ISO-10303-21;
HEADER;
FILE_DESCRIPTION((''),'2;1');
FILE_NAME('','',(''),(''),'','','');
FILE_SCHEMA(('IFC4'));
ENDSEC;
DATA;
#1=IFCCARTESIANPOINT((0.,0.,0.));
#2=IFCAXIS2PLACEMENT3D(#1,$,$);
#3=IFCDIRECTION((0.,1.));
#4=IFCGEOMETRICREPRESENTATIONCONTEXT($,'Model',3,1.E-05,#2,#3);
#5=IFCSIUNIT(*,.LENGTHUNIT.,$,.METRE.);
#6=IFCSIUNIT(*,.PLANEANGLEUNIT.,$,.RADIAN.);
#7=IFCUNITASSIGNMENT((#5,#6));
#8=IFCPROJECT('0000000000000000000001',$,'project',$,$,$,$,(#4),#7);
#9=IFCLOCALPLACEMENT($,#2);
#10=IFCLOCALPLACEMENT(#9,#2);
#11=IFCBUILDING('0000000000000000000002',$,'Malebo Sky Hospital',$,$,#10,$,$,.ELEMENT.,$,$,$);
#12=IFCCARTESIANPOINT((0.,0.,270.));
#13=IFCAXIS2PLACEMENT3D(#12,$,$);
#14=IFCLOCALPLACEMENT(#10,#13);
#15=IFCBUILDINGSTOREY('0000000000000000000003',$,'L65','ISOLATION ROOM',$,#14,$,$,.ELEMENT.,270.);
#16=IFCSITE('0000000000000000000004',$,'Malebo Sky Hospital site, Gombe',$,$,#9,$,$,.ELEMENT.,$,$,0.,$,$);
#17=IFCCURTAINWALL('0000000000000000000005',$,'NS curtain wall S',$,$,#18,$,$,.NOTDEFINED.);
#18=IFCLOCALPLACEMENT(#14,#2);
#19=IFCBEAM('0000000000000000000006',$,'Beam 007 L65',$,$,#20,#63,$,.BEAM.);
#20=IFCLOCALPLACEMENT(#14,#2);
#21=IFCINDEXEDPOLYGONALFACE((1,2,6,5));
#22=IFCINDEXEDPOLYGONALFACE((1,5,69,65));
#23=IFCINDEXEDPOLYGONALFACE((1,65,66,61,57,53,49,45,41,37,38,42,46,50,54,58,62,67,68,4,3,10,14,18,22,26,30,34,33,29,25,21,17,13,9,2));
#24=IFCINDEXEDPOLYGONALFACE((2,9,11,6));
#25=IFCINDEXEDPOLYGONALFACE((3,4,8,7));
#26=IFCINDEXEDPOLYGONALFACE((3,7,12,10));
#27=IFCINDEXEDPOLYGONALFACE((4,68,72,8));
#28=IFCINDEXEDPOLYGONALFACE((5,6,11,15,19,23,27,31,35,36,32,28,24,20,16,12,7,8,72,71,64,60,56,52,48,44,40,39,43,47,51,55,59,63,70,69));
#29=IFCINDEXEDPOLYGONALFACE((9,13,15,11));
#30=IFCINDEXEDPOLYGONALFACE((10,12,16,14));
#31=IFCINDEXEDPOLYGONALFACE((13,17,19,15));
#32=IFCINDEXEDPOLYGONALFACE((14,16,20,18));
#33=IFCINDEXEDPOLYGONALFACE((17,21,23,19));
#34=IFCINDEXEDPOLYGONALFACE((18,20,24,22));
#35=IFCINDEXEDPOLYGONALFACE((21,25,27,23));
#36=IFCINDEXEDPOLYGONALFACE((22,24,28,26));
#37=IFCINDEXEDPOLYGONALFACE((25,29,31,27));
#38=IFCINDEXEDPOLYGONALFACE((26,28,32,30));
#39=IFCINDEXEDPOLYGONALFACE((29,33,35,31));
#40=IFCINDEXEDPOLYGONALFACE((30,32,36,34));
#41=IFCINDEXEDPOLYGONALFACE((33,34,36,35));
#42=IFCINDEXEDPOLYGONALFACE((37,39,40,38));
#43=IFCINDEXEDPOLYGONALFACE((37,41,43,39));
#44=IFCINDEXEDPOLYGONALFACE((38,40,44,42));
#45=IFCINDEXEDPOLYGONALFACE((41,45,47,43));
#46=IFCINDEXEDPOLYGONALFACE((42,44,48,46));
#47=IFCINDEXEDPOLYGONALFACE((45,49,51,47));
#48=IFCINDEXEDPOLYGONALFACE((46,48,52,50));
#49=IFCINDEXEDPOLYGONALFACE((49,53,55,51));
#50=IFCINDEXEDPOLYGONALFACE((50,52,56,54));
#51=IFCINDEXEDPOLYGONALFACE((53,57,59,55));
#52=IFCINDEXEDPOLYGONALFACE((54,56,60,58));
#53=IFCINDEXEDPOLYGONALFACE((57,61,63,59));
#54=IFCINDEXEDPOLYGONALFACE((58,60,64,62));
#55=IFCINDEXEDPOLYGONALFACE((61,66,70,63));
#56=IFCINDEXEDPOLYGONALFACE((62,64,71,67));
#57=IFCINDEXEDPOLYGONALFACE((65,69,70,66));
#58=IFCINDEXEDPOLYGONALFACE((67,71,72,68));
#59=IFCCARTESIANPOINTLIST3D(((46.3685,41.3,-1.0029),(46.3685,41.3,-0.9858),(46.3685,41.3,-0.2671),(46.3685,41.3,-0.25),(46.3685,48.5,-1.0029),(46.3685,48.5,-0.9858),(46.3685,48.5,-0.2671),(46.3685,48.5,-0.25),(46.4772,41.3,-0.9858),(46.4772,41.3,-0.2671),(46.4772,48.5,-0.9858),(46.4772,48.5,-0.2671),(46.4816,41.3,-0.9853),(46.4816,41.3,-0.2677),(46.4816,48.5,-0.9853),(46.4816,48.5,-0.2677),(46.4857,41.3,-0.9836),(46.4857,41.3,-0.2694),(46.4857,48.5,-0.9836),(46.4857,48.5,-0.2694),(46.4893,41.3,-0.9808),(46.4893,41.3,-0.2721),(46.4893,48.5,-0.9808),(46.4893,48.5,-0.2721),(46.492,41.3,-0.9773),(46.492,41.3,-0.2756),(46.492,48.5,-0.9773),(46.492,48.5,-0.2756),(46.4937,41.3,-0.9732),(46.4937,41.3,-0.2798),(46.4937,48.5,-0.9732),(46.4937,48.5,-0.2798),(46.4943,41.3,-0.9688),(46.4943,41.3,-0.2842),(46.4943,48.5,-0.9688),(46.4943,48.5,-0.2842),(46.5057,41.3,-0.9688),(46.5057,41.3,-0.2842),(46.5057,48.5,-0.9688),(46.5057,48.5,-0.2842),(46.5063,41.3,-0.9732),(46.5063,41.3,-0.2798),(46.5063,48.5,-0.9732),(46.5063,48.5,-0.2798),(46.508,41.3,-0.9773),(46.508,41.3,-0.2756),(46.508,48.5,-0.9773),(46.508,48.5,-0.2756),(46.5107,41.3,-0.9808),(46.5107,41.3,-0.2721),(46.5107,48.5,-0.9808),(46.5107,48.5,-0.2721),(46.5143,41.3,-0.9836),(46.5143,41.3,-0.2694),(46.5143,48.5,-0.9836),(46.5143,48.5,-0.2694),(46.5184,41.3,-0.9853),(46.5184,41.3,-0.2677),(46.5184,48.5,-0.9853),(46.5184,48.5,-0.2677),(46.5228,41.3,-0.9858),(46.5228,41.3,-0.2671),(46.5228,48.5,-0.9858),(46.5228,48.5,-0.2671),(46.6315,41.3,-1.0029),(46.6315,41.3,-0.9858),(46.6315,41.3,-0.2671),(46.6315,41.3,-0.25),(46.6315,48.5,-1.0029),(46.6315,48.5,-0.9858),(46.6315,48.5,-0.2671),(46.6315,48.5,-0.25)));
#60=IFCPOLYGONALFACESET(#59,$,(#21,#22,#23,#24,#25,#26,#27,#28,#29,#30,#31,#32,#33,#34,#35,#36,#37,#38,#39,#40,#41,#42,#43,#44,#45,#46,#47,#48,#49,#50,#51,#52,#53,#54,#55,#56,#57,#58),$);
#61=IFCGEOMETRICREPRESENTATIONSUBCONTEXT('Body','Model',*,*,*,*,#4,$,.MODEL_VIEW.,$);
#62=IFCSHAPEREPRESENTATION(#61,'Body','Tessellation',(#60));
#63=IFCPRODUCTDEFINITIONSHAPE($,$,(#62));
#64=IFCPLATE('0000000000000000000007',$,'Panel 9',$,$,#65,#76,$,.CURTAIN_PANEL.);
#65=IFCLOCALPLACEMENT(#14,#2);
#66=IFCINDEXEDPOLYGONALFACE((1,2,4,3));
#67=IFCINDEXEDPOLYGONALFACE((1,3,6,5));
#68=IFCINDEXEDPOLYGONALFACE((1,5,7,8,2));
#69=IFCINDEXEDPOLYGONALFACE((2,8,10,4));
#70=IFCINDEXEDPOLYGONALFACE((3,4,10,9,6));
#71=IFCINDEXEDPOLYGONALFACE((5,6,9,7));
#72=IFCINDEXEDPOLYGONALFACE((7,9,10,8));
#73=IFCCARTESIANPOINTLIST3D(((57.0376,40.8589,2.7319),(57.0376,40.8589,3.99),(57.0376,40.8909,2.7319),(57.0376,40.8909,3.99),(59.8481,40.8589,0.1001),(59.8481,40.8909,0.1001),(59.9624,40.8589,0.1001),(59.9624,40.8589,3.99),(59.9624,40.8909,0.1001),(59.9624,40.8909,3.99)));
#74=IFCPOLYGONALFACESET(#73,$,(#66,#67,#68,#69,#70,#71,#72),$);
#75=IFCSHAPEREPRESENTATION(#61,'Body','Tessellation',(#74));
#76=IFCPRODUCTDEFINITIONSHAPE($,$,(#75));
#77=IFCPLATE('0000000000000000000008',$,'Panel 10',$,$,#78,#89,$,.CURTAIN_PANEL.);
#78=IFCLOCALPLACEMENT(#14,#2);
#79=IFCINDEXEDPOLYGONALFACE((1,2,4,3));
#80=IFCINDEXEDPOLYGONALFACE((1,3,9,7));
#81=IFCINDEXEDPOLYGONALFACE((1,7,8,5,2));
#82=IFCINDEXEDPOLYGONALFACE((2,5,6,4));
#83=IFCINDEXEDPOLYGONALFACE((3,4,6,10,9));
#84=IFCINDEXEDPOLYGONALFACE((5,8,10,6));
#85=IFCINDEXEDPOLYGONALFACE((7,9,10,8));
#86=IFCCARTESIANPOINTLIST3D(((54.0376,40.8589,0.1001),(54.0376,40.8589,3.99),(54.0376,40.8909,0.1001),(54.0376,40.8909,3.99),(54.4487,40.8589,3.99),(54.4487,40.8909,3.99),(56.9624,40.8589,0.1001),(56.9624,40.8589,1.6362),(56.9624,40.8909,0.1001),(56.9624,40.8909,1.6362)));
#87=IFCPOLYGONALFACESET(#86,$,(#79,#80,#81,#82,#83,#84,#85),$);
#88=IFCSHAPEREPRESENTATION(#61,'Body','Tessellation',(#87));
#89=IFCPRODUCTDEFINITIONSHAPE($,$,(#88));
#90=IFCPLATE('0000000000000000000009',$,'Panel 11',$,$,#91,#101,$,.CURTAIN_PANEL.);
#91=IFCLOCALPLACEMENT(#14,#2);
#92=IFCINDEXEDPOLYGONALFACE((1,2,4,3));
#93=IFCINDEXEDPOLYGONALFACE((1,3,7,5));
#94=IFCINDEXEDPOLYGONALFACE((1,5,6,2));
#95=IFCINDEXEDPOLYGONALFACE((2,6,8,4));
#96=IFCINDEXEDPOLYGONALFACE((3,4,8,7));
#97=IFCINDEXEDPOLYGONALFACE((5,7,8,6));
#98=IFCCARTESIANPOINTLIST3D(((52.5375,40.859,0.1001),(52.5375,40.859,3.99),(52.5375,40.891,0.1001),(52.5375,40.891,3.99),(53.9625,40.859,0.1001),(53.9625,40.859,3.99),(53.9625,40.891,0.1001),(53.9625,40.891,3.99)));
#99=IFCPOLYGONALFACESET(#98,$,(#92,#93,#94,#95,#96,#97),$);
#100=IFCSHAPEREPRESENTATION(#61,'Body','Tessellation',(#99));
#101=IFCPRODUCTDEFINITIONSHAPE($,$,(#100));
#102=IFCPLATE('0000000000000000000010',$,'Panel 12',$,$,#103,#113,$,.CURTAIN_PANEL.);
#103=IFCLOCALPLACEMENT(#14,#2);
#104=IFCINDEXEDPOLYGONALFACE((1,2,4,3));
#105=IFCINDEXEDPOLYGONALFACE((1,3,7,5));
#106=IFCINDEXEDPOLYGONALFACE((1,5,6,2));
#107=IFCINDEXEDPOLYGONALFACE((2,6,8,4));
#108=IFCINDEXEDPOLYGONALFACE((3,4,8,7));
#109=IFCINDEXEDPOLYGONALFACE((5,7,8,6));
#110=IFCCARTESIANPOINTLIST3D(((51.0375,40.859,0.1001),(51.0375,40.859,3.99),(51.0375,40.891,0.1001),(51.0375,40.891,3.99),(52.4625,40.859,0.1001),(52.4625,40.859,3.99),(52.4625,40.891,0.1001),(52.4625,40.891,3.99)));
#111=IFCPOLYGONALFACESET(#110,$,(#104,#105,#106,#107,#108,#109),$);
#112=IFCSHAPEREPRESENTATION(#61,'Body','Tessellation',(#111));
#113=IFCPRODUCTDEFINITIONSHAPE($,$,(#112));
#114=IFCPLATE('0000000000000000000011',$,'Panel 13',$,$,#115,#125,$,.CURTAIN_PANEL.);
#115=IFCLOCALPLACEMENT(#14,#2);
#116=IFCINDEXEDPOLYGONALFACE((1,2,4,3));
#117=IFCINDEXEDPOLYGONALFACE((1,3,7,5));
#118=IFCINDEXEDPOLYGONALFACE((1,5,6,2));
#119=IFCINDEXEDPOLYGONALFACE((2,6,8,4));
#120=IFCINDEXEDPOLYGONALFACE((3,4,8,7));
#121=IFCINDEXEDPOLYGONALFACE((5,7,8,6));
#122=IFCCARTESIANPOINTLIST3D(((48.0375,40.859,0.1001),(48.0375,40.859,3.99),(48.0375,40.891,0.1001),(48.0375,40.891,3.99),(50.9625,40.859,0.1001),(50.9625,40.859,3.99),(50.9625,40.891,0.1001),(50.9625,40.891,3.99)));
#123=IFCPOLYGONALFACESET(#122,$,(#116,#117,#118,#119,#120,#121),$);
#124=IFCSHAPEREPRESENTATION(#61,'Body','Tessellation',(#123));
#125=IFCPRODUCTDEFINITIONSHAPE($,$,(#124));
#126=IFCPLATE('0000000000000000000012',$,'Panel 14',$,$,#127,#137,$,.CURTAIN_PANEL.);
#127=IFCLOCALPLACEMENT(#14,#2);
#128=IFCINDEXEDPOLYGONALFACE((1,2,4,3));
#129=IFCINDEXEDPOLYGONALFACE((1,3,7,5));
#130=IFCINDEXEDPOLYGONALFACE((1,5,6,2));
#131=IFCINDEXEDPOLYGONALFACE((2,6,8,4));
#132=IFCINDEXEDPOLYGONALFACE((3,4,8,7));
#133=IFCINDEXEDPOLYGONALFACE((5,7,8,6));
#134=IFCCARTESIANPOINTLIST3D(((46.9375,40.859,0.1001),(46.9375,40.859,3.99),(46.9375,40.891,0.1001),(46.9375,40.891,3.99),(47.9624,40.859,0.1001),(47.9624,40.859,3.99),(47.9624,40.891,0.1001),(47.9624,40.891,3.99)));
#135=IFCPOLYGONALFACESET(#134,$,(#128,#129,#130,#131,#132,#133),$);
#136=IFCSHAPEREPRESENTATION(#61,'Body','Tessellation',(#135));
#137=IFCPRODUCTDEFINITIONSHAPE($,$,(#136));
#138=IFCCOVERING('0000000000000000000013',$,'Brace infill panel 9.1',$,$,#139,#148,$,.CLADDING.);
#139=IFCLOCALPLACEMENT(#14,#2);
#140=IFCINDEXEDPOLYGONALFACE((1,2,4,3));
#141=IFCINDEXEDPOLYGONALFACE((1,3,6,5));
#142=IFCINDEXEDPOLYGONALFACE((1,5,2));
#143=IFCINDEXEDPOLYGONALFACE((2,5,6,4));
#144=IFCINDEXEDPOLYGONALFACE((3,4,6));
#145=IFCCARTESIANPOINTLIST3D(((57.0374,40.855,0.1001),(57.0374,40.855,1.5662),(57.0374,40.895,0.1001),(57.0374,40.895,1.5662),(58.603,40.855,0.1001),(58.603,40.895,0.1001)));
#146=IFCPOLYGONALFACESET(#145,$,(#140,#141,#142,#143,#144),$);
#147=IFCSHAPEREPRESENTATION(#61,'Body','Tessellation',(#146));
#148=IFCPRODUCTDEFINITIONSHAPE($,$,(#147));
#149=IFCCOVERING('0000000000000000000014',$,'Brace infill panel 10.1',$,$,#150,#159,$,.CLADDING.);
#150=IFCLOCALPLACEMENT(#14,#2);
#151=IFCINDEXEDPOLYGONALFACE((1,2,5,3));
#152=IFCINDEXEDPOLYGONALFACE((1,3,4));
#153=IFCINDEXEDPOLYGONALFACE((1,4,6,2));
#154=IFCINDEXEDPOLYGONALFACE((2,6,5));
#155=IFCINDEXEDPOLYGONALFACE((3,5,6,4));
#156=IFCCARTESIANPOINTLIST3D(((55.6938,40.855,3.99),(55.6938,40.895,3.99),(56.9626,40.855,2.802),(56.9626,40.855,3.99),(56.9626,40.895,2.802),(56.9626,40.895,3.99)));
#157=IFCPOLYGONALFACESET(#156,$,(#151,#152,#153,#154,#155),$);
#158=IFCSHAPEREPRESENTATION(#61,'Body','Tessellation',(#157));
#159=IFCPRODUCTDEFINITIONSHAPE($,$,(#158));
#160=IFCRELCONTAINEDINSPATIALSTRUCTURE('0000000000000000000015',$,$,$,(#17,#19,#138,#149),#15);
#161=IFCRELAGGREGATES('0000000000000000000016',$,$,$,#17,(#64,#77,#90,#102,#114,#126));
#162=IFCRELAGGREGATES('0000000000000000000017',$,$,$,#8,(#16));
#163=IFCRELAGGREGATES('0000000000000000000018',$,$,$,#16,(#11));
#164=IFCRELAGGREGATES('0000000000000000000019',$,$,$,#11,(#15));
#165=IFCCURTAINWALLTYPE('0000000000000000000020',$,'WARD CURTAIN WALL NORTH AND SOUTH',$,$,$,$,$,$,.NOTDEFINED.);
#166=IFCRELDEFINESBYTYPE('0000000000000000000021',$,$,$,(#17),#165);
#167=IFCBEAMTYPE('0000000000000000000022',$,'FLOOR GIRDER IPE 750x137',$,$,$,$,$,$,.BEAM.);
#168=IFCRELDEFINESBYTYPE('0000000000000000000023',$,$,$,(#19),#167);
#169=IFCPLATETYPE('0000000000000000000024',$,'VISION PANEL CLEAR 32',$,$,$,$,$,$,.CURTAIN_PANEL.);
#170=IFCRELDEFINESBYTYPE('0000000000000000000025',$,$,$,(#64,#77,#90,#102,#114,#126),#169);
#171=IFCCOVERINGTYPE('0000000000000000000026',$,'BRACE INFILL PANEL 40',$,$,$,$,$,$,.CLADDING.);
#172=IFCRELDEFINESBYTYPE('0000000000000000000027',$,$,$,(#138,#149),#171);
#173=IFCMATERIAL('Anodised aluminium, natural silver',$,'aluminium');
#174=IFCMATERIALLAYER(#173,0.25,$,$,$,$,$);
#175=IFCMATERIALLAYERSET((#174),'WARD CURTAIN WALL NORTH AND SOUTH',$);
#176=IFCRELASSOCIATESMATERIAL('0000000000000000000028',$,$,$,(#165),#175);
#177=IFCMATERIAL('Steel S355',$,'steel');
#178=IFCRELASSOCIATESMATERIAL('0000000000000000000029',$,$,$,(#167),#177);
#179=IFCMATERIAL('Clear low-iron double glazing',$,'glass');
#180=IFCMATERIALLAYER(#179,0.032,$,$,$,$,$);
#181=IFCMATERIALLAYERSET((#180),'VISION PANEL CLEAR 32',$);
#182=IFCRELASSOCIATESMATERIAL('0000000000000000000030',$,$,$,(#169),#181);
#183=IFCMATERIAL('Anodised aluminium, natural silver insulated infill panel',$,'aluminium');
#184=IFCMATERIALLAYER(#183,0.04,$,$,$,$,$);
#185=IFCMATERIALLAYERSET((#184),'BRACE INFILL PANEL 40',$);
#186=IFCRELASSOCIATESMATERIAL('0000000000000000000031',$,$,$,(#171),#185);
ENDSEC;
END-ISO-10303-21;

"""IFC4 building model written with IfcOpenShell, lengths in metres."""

from ifc_helpers import new_model, si_unit, direction, frame, origin, origin_2d, place, context, subcontext, project, spatial, polyline, rectangle, i_section, outline, extrude, material, layer, layer_set, material_profile, profile_set, type_object, element, aggregate, save


model = new_model("IFC4")

# Units and contexts
model_context = context("Model", 3, precision=1e-05, world=origin(), true_north=direction((0.0, 1.0)))
body_context = subcontext(model_context, "Body", "Model", "MODEL_VIEW")
ifc_project = project(units=[si_unit("LENGTHUNIT", "METRE"), si_unit("PLANEANGLEUNIT", "RADIAN")], contexts=[model_context])

# Site, building, storey
site_placement = place(None, origin())
site = spatial("IfcSite", under=ifc_project, at=site_placement, Name="Malebo Sky Hospital site, Gombe", CompositionType="ELEMENT", RefElevation=0.0)
building_placement = place(site_placement, origin())
building = spatial("IfcBuilding", under=site, at=building_placement, Name="Malebo Sky Hospital", CompositionType="ELEMENT")
storey_placement = place(building_placement, frame((0.0, 0.0, 270.0)))
storey = spatial("IfcBuildingStorey", under=building, at=storey_placement, Name="L65", Description="ISOLATION ROOM", CompositionType="ELEMENT", Elevation=270.0)

# Curtain wall
ifc_material_1 = material(Name="Anodised aluminium, natural silver", Category="aluminium")
ifc_layer_1 = layer(ifc_material_1, 0.25)
ifc_layer_set_1 = layer_set([ifc_layer_1], Name="WARD CURTAIN WALL NORTH AND SOUTH")
curtain_wall_type = type_object("IfcCurtainWallType", Name="WARD CURTAIN WALL NORTH AND SOUTH", PredefinedType="NOTDEFINED", material=ifc_layer_set_1)
curtain_wall_placement = place(storey_placement, origin())
curtain_wall = element("IfcCurtainWall", 1, at=curtain_wall_placement, inside=storey, type_object=curtain_wall_type, Name="NS curtain wall S", PredefinedType="NOTDEFINED")

# Shared definitions
ifc_material_2 = material(Name="Steel S355", Category="steel")

# Beam
ifc_material_profile_1 = material_profile(ifc_material_2, i_section(OverallWidth=0.2629, OverallDepth=0.7529, WebThickness=0.0115, FlangeThickness=0.0171, FilletRadius=0.0171, at=origin_2d()), Name="IPE 750x137")
ifc_profile_set_1 = profile_set([ifc_material_profile_1], Name="Steel S355")
beam_type_1 = type_object("IfcBeamType", Name="FLOOR GIRDER IPE 750x137", PredefinedType="BEAM", material=ifc_profile_set_1)
beam_1_placement = place(storey_placement, frame((46.5, 41.3, -0.6265), z_axis=(0.0, 1.0, 0.0), x_axis=(-1.0, 0.0, 0.0)))
element("IfcBeam", 2, at=beam_1_placement, inside=storey, type_object=beam_type_1, Name="Beam 007 L65", PredefinedType="BEAM", context=body_context, shape_type="SweptSolid", body=[
    extrude(i_section(OverallWidth=0.2629, OverallDepth=0.7529, WebThickness=0.0115, FlangeThickness=0.0171, FilletRadius=0.0171, at=origin_2d()), origin(), (0.0, 0.0, 1.0), 7.2),
])

# Plates
ifc_material_3 = material(Name="Clear low-iron double glazing", Category="glass")
ifc_layer_2 = layer(ifc_material_3, 0.032)
ifc_layer_set_2 = layer_set([ifc_layer_2], Name="VISION PANEL CLEAR 32")
plate_type = type_object("IfcPlateType", Name="VISION PANEL CLEAR 32", PredefinedType="CURTAIN_PANEL", material=ifc_layer_set_2)
plate_1_placement = place(storey_placement, frame((58.5, 40.875, 0.1001), z_axis=(0.0, 0.0, 1.0), x_axis=(-1.0, 0.0, 0.0)))
plate_1 = element("IfcPlate", 3, at=plate_1_placement, type_object=plate_type, Name="Panel 9", PredefinedType="CURTAIN_PANEL", context=body_context, shape_type="SweptSolid", body=[
    extrude(outline(polyline([(-1.4624, 0.0), (-1.3481, 0.0), (1.4624, 2.6318), (1.4624, 3.8899), (-1.4624, 3.8899), (-1.4624, 0.0)])), frame((0.0, 0.0161, 0.0), z_axis=(0.0, -1.0, 0.0), x_axis=(1.0, 0.0, 0.0)), (0.0, 0.0, 1.0), 0.032),
])
plate_2_placement = place(storey_placement, frame((55.5, 40.875, 0.1001), z_axis=(0.0, 0.0, 1.0), x_axis=(-1.0, 0.0, 0.0)))
plate_2 = element("IfcPlate", 4, at=plate_2_placement, type_object=plate_type, Name="Panel 10", PredefinedType="CURTAIN_PANEL", context=body_context, shape_type="SweptSolid", body=[
    extrude(outline(polyline([(-1.4624, 0.0), (1.4624, 0.0), (1.4624, 3.8899), (1.0513, 3.8899), (-1.4624, 1.5361), (-1.4624, 0.0)])), frame((0.0, 0.0161, 0.0), z_axis=(0.0, -1.0, 0.0), x_axis=(1.0, 0.0, 0.0)), (0.0, 0.0, 1.0), 0.032),
])
plate_3_placement = place(storey_placement, frame((53.25, 40.875, 0.1001), z_axis=(0.0, 0.0, 1.0), x_axis=(-1.0, 0.0, 0.0)))
plate_3 = element("IfcPlate", 5, at=plate_3_placement, type_object=plate_type, Name="Panel 11", PredefinedType="CURTAIN_PANEL", context=body_context, shape_type="SweptSolid", body=[
    extrude(rectangle(XDim=1.425, YDim=0.032, at=origin_2d()), origin(), (0.0, 0.0, 1.0), 3.8899),
])
plate_4_placement = place(storey_placement, frame((51.75, 40.875, 0.1001), z_axis=(0.0, 0.0, 1.0), x_axis=(-1.0, 0.0, 0.0)))
plate_4 = element("IfcPlate", 6, at=plate_4_placement, type_object=plate_type, Name="Panel 12", PredefinedType="CURTAIN_PANEL", context=body_context, shape_type="SweptSolid", body=[
    extrude(rectangle(XDim=1.425, YDim=0.032, at=origin_2d()), origin(), (0.0, 0.0, 1.0), 3.8899),
])
plate_5_placement = place(storey_placement, frame((49.5, 40.875, 0.1001), z_axis=(0.0, 0.0, 1.0), x_axis=(-1.0, 0.0, 0.0)))
plate_5 = element("IfcPlate", 7, at=plate_5_placement, type_object=plate_type, Name="Panel 13", PredefinedType="CURTAIN_PANEL", context=body_context, shape_type="SweptSolid", body=[
    extrude(rectangle(XDim=2.925, YDim=0.032, at=origin_2d()), origin(), (0.0, 0.0, 1.0), 3.8899),
])
plate_6_placement = place(storey_placement, frame((47.45, 40.875, 0.1001), z_axis=(0.0, 0.0, 1.0), x_axis=(-1.0, 0.0, 0.0)))
plate_6 = element("IfcPlate", 8, at=plate_6_placement, type_object=plate_type, Name="Panel 14", PredefinedType="CURTAIN_PANEL", context=body_context, shape_type="SweptSolid", body=[
    extrude(rectangle(XDim=1.0249, YDim=0.032, at=origin_2d()), origin(), (0.0, 0.0, 1.0), 3.8899),
])
aggregate(curtain_wall, [plate_1, plate_2, plate_3, plate_4, plate_5, plate_6])

# Coverings
ifc_material_4 = material(Name="Anodised aluminium, natural silver insulated infill panel", Category="aluminium")
ifc_layer_3 = layer(ifc_material_4, 0.04)
ifc_layer_set_3 = layer_set([ifc_layer_3], Name="BRACE INFILL PANEL 40")
covering_type = type_object("IfcCoveringType", Name="BRACE INFILL PANEL 40", PredefinedType="CLADDING", material=ifc_layer_set_3)
covering_1_placement = place(storey_placement, frame((57.8203, 40.875, 0.1001), z_axis=(0.0, 0.0, 1.0), x_axis=(-1.0, 0.0, 0.0)))
element("IfcCovering", 9, at=covering_1_placement, inside=storey, type_object=covering_type, Name="Brace infill panel 9.1", PredefinedType="CLADDING", context=body_context, shape_type="SweptSolid", body=[
    extrude(outline(polyline([(-0.7827, 0.0), (0.783, 0.0), (0.783, 1.4661), (-0.7827, 0.0)])), frame((0.0, 0.02, 0.0), z_axis=(0.0, -1.0, 0.0), x_axis=(1.0, 0.0, 0.0)), (0.0, 0.0, 1.0), 0.04),
])
covering_2_placement = place(storey_placement, frame((56.3281, 40.875, 2.802), z_axis=(0.0, 0.0, 1.0), x_axis=(-1.0, 0.0, 0.0)))
element("IfcCovering", 10, at=covering_2_placement, inside=storey, type_object=covering_type, Name="Brace infill panel 10.1", PredefinedType="CLADDING", context=body_context, shape_type="SweptSolid", body=[
    extrude(outline(polyline([(-0.6345, 0.0), (0.6343, 1.188), (-0.6345, 1.188), (-0.6345, 0.0)])), frame((0.0, 0.02, 0.0), z_axis=(0.0, -1.0, 0.0), x_axis=(1.0, 0.0, 0.0)), (0.0, 0.0, 1.0), 0.04),
])

save(model, "model.ifc")
